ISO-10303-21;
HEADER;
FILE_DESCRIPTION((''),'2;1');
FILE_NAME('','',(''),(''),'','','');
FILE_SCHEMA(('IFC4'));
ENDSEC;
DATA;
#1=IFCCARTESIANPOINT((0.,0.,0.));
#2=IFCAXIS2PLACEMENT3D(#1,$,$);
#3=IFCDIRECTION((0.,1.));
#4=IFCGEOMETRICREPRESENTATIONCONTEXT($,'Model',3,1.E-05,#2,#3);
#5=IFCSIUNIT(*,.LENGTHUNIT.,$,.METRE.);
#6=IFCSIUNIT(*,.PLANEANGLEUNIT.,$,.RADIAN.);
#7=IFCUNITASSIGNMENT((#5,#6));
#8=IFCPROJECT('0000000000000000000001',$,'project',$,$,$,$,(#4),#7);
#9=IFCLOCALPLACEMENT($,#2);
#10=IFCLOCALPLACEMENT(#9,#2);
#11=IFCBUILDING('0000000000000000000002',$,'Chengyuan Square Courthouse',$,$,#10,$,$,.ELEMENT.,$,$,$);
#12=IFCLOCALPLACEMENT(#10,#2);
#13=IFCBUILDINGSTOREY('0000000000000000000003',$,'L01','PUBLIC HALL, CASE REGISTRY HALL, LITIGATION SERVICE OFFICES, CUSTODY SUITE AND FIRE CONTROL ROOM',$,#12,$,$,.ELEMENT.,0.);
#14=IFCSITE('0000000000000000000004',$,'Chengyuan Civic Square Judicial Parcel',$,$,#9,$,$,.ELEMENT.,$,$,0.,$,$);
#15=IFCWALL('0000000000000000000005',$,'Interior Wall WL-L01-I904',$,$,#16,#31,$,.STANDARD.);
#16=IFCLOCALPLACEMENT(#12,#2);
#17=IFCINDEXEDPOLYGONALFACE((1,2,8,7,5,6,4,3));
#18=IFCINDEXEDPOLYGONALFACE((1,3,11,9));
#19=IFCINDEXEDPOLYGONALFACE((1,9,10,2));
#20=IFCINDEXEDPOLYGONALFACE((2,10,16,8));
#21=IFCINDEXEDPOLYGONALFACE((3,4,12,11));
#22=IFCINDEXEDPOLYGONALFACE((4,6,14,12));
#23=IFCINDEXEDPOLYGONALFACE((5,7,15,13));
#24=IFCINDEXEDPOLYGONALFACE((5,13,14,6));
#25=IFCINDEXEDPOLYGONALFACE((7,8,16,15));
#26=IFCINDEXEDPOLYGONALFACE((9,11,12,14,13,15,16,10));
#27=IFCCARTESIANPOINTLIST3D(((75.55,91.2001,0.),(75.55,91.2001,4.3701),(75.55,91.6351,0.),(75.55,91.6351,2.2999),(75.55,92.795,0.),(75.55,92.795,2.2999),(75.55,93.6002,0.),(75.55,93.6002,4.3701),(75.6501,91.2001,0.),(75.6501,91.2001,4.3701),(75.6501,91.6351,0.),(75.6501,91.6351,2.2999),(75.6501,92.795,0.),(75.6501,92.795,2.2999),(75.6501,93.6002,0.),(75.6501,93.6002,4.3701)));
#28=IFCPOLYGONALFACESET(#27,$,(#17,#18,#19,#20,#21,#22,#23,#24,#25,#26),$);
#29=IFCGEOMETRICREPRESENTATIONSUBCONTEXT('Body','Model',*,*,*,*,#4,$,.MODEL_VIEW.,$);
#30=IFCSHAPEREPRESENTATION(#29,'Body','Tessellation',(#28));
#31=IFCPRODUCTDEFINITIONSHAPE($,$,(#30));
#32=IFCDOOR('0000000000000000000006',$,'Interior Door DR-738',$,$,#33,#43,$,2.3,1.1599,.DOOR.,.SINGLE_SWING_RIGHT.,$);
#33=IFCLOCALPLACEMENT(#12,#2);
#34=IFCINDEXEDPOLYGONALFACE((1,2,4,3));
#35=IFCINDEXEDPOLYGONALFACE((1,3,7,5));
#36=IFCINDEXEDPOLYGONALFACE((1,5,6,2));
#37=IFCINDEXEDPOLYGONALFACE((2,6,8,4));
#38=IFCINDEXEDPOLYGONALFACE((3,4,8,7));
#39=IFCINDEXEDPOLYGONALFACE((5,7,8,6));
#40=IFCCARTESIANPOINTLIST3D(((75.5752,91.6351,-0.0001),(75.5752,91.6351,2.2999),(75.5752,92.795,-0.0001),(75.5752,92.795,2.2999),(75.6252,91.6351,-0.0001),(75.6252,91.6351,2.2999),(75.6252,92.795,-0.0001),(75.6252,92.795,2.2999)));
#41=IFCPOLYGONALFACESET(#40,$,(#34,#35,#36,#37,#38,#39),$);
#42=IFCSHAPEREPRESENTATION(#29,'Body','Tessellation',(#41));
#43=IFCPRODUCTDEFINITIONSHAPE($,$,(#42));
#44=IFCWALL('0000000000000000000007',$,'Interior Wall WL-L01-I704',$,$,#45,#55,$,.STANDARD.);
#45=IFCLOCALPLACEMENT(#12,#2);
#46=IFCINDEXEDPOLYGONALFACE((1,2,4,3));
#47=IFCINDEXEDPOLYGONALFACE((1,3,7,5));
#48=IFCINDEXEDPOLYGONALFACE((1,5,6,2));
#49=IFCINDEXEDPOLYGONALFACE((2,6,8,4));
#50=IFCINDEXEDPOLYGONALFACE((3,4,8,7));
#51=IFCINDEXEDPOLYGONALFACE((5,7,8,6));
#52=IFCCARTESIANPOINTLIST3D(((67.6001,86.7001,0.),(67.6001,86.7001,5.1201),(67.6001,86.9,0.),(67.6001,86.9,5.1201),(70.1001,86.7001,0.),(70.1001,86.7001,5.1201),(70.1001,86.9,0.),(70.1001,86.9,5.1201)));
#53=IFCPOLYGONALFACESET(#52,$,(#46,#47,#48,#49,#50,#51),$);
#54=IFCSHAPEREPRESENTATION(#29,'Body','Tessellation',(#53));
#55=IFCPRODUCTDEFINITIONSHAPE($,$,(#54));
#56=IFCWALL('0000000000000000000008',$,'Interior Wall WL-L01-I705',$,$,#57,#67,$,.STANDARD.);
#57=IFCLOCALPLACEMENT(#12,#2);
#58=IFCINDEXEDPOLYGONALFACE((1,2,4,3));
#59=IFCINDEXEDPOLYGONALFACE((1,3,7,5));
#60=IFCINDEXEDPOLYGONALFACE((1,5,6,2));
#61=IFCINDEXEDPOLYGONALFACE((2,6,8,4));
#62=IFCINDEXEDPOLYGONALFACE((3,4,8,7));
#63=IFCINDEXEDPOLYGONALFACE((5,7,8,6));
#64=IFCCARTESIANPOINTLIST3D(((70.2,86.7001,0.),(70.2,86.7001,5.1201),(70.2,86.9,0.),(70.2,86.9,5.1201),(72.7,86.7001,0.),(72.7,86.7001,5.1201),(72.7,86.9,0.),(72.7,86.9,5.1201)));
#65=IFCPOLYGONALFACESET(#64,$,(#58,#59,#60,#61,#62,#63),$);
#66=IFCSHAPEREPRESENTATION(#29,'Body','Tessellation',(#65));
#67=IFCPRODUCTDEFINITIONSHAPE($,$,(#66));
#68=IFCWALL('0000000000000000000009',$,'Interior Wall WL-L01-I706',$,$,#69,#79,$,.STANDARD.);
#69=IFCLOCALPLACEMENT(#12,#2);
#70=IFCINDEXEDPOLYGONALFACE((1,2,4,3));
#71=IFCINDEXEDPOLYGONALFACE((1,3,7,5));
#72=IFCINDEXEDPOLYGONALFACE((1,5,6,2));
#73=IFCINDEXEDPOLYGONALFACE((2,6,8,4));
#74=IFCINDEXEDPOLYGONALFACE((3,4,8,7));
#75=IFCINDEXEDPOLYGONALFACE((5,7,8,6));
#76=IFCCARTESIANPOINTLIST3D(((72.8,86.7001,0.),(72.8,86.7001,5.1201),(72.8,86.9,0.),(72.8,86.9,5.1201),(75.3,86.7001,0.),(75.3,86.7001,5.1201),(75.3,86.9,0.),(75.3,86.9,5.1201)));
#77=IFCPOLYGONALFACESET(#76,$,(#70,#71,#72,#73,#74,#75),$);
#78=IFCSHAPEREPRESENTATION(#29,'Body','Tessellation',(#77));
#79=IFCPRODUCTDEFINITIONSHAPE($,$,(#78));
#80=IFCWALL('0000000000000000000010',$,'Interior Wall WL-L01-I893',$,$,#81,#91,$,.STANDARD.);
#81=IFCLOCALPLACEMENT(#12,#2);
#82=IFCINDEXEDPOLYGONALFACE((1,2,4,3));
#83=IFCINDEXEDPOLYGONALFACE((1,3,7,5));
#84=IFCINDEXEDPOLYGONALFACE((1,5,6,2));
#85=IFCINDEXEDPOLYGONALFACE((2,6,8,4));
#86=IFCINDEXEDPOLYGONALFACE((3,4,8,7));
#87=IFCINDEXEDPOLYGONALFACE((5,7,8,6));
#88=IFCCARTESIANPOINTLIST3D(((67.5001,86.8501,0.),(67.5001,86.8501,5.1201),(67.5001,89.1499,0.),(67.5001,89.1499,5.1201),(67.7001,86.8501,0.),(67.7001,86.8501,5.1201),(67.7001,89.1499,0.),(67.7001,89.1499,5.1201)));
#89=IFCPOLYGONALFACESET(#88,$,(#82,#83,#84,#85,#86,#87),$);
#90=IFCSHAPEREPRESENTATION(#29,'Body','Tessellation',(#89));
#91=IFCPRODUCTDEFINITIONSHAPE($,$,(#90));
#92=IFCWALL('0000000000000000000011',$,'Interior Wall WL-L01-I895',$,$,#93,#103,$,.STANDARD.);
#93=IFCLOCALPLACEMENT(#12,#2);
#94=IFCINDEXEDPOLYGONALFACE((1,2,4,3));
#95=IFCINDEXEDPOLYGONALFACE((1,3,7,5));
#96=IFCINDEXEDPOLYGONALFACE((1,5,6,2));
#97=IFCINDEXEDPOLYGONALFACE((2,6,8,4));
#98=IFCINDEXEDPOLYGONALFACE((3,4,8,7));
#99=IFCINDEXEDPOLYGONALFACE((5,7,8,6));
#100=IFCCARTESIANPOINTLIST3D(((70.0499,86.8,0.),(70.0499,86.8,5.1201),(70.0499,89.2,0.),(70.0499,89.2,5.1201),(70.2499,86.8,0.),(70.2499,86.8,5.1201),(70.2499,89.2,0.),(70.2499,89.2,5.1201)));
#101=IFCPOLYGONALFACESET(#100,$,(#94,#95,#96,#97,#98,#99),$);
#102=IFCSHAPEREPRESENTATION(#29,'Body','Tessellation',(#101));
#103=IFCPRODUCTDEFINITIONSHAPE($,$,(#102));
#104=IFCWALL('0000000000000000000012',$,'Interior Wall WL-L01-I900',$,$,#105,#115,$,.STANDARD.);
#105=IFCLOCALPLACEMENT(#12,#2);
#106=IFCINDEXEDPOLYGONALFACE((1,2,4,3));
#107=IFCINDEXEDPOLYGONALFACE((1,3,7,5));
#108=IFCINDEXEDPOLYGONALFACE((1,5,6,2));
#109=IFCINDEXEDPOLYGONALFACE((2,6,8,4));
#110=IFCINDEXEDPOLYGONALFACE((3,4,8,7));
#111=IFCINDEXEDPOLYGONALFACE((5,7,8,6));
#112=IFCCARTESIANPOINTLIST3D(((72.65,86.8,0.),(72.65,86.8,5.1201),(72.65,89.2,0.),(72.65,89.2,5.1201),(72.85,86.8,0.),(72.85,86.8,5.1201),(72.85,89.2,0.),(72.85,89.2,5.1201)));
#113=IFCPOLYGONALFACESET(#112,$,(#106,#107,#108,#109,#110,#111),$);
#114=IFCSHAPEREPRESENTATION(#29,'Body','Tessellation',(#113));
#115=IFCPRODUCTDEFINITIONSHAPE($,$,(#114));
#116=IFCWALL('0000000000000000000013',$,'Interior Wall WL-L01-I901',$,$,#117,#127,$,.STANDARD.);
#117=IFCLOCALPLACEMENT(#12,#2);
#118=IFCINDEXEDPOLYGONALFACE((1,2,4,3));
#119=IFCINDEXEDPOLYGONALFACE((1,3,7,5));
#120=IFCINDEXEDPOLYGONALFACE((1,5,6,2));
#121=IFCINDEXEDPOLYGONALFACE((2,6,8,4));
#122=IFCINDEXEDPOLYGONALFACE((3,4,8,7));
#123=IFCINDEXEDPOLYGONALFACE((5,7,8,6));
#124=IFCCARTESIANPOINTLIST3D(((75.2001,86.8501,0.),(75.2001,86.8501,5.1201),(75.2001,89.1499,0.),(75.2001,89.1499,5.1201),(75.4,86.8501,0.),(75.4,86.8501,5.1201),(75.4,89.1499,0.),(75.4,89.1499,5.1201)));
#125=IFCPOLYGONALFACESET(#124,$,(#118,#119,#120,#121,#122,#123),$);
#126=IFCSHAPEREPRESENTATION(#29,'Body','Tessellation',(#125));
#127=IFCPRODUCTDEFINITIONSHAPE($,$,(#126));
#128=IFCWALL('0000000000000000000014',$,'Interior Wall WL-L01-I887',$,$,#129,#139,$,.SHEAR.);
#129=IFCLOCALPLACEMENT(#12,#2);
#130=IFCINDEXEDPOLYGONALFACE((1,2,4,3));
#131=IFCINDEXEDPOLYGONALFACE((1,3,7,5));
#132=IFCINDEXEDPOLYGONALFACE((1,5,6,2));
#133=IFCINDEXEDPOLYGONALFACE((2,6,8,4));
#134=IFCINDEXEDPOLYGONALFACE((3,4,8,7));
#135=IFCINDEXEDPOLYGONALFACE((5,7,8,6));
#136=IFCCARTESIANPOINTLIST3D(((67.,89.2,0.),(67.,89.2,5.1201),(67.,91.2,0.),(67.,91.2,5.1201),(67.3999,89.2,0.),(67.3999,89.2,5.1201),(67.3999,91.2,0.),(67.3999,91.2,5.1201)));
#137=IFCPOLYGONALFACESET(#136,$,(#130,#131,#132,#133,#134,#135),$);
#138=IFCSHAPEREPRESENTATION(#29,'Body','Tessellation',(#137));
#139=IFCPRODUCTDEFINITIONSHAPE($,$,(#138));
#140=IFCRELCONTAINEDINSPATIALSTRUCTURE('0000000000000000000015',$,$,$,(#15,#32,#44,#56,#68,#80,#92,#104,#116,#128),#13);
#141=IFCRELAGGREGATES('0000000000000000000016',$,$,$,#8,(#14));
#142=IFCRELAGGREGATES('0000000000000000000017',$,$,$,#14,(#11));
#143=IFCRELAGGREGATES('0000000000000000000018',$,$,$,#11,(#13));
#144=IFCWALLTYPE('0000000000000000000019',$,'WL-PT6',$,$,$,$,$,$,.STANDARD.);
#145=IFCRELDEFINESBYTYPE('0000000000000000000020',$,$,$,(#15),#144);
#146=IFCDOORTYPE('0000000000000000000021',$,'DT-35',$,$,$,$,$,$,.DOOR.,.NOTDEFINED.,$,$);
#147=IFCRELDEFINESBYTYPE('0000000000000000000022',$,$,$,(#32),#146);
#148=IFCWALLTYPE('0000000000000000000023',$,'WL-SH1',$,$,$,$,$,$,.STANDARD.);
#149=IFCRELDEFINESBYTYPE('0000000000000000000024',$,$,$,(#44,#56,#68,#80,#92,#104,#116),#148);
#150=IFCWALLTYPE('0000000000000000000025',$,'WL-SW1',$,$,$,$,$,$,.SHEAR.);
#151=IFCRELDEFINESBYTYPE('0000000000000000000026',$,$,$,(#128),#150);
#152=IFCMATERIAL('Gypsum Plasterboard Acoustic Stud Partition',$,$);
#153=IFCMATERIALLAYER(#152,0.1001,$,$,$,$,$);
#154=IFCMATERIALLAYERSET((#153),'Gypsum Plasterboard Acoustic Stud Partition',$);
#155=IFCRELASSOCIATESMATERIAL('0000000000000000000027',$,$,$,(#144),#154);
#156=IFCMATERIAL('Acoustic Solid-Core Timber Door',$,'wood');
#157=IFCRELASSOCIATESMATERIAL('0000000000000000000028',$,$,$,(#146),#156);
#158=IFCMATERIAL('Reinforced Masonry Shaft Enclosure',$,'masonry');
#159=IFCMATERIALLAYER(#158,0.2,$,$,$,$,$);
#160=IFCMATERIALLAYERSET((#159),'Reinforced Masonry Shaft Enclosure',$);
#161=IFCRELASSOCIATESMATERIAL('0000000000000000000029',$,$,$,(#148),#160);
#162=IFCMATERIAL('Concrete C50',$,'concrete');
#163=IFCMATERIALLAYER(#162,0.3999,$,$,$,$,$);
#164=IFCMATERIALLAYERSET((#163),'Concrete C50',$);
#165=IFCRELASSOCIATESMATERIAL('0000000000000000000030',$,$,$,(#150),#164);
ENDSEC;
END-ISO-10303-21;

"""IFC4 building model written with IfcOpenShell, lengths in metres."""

from ifc_helpers import new_model, si_unit, direction, frame, frame_2d, origin, place, context, subcontext, project, spatial, rectangle, extrude, material, layer, layer_set, type_object, element, fill, save


model = new_model("IFC4")

# Units and contexts
model_context = context("Model", 3, precision=1e-05, world=origin(), true_north=direction((0.0, 1.0)))
body_context = subcontext(model_context, "Body", "Model", "MODEL_VIEW")
ifc_project = project(units=[si_unit("LENGTHUNIT", "METRE"), si_unit("PLANEANGLEUNIT", "RADIAN")], contexts=[model_context])

# Site, building, storey
site_placement = place(None, origin())
site = spatial("IfcSite", under=ifc_project, at=site_placement, Name="Chengyuan Civic Square Judicial Parcel", CompositionType="ELEMENT", RefElevation=0.0)
building_placement = place(site_placement, origin())
building = spatial("IfcBuilding", under=site, at=building_placement, Name="Chengyuan Square Courthouse", CompositionType="ELEMENT")
storey_placement = place(building_placement, origin())
storey = spatial("IfcBuildingStorey", under=building, at=storey_placement, Name="L01", Description="PUBLIC HALL, CASE REGISTRY HALL, LITIGATION SERVICE OFFICES, CUSTODY SUITE AND FIRE CONTROL ROOM", CompositionType="ELEMENT", Elevation=0.0)

# Shared definitions
ifc_material_1 = material(Name="Concrete C50", Category="concrete")

# Shared definitions
ifc_material_2 = material(Name="Acoustic Solid-Core Timber Door", Category="wood")

# Wall, opening, door
ifc_material_3 = material(Name="Gypsum Plasterboard Acoustic Stud Partition")
ifc_layer_1 = layer(ifc_material_3, 0.1001)
ifc_layer_set_1 = layer_set([ifc_layer_1], Name="Gypsum Plasterboard Acoustic Stud Partition")
wall_type_1 = type_object("IfcWallType", Name="WL-PT6", PredefinedType="STANDARD", material=ifc_layer_set_1)
wall_1_placement = place(storey_placement, frame((75.6001, 91.2, 0.0), z_axis=(0.0, 0.0, 1.0), x_axis=(0.0, 1.0, 0.0)))
wall_1 = element("IfcWall", 1, at=wall_1_placement, inside=storey, type_object=wall_type_1, Name="Interior Wall WL-L01-I904", PredefinedType="STANDARD", context=body_context, shape_type="SweptSolid", body=[
    extrude(rectangle(XDim=2.4001, YDim=0.1001, at=frame_2d((1.2002, 0.0))), origin(), (0.0, 0.0, 1.0), 4.3701),
])
opening_1_placement = place(wall_1_placement, frame((0.4351, 0.0, 0.0)))
opening_1 = element("IfcOpeningElement", 2, at=opening_1_placement, cuts=wall_1, PredefinedType="OPENING", context=body_context, shape_type="SweptSolid", body=[
    extrude(rectangle(XDim=1.1599, YDim=2.3, at=frame_2d((0.5801, 1.1499))), frame((0.0, 0.062, 0.0), z_axis=(0.0, -1.0, 0.0), x_axis=(1.0, 0.0, 0.0)), (0.0, 0.0, 1.0), 0.124),
])
door_type_1 = type_object("IfcDoorType", Name="DT-35", OperationType="NOTDEFINED", PredefinedType="DOOR", material=ifc_material_2)
door_1_placement = place(opening_1_placement, origin())
door_1 = element("IfcDoor", 3, at=door_1_placement, inside=storey, type_object=door_type_1, Name="Interior Door DR-738", OperationType="SINGLE_SWING_RIGHT", OverallHeight=2.3, OverallWidth=1.1599, PredefinedType="DOOR", context=body_context, shape_type="SweptSolid", body=[
    extrude(rectangle(XDim=1.1599, YDim=2.3, at=frame_2d((0.5801, 1.1499))), frame((0.0, 0.0249, 0.0), z_axis=(0.0, -1.0, 0.0), x_axis=(1.0, 0.0, 0.0)), (0.0, 0.0, 1.0), 0.05),
])
fill(opening_1, door_1)

# Walls
ifc_material_4 = material(Name="Reinforced Masonry Shaft Enclosure", Category="masonry")
ifc_layer_2 = layer(ifc_material_4, 0.2)
ifc_layer_set_2 = layer_set([ifc_layer_2], Name="Reinforced Masonry Shaft Enclosure")
wall_type_2 = type_object("IfcWallType", Name="WL-SH1", PredefinedType="STANDARD", material=ifc_layer_set_2)
for number, where, z_axis, x_axis, name in (
    (4, (67.6001, 86.8, 0.0), (0.0, 0.0, 1.0), (1.0, 0.0, 0.0), "Interior Wall WL-L01-I704"),
    (5, (70.2, 86.8, 0.0), (0.0, 0.0, 1.0), (1.0, 0.0, 0.0), "Interior Wall WL-L01-I705"),
    (6, (72.8, 86.8, 0.0), (0.0, 0.0, 1.0), (1.0, 0.0, 0.0), "Interior Wall WL-L01-I706"),
):
    element("IfcWall", number, at=place(storey_placement, frame(where, z_axis=z_axis, x_axis=x_axis)), inside=storey, type_object=wall_type_2, Name=name, PredefinedType="STANDARD", context=body_context, shape_type="SweptSolid", body=[
        extrude(rectangle(XDim=2.5, YDim=0.2, at=frame_2d((1.25, 0.0))), origin(), (0.0, 0.0, 1.0), 5.1201),
    ])

# Walls
wall_2_placement = place(storey_placement, frame((67.6001, 86.8501, 0.0), z_axis=(0.0, 0.0, 1.0), x_axis=(0.0, 1.0, 0.0)))
element("IfcWall", 7, at=wall_2_placement, inside=storey, type_object=wall_type_2, Name="Interior Wall WL-L01-I893", PredefinedType="STANDARD", context=body_context, shape_type="SweptSolid", body=[
    extrude(rectangle(XDim=2.2998, YDim=0.2, at=frame_2d((1.1499, 0.0))), origin(), (0.0, 0.0, 1.0), 5.1201),
])
for number, where, z_axis, x_axis, name in (
    (8, (70.1499, 86.8, 0.0), (0.0, 0.0, 1.0), (0.0, 1.0, 0.0), "Interior Wall WL-L01-I895"),
    (9, (72.75, 86.8, 0.0), (0.0, 0.0, 1.0), (0.0, 1.0, 0.0), "Interior Wall WL-L01-I900"),
):
    element("IfcWall", number, at=place(storey_placement, frame(where, z_axis=z_axis, x_axis=x_axis)), inside=storey, type_object=wall_type_2, Name=name, PredefinedType="STANDARD", context=body_context, shape_type="SweptSolid", body=[
        extrude(rectangle(XDim=2.3999, YDim=0.2, at=frame_2d((1.2, 0.0))), origin(), (0.0, 0.0, 1.0), 5.1201),
    ])
wall_3_placement = place(storey_placement, frame((75.3, 86.8501, 0.0), z_axis=(0.0, 0.0, 1.0), x_axis=(0.0, 1.0, 0.0)))
element("IfcWall", 10, at=wall_3_placement, inside=storey, type_object=wall_type_2, Name="Interior Wall WL-L01-I901", PredefinedType="STANDARD", context=body_context, shape_type="SweptSolid", body=[
    extrude(rectangle(XDim=2.2998, YDim=0.2, at=frame_2d((1.1499, 0.0))), origin(), (0.0, 0.0, 1.0), 5.1201),
])
ifc_layer_3 = layer(ifc_material_1, 0.3999)
ifc_layer_set_3 = layer_set([ifc_layer_3], Name="Concrete C50")
wall_type_3 = type_object("IfcWallType", Name="WL-SW1", PredefinedType="SHEAR", material=ifc_layer_set_3)
wall_4_placement = place(storey_placement, frame((67.2, 89.2, 0.0), z_axis=(0.0, 0.0, 1.0), x_axis=(0.0, 1.0, 0.0)))
element("IfcWall", 11, at=wall_4_placement, inside=storey, type_object=wall_type_3, Name="Interior Wall WL-L01-I887", PredefinedType="SHEAR", context=body_context, shape_type="SweptSolid", body=[
    extrude(rectangle(XDim=2.0, YDim=0.3999, at=frame_2d((1.0, 0.0))), origin(), (0.0, 0.0, 1.0), 5.1201),
])

save(model, "model.ifc")
